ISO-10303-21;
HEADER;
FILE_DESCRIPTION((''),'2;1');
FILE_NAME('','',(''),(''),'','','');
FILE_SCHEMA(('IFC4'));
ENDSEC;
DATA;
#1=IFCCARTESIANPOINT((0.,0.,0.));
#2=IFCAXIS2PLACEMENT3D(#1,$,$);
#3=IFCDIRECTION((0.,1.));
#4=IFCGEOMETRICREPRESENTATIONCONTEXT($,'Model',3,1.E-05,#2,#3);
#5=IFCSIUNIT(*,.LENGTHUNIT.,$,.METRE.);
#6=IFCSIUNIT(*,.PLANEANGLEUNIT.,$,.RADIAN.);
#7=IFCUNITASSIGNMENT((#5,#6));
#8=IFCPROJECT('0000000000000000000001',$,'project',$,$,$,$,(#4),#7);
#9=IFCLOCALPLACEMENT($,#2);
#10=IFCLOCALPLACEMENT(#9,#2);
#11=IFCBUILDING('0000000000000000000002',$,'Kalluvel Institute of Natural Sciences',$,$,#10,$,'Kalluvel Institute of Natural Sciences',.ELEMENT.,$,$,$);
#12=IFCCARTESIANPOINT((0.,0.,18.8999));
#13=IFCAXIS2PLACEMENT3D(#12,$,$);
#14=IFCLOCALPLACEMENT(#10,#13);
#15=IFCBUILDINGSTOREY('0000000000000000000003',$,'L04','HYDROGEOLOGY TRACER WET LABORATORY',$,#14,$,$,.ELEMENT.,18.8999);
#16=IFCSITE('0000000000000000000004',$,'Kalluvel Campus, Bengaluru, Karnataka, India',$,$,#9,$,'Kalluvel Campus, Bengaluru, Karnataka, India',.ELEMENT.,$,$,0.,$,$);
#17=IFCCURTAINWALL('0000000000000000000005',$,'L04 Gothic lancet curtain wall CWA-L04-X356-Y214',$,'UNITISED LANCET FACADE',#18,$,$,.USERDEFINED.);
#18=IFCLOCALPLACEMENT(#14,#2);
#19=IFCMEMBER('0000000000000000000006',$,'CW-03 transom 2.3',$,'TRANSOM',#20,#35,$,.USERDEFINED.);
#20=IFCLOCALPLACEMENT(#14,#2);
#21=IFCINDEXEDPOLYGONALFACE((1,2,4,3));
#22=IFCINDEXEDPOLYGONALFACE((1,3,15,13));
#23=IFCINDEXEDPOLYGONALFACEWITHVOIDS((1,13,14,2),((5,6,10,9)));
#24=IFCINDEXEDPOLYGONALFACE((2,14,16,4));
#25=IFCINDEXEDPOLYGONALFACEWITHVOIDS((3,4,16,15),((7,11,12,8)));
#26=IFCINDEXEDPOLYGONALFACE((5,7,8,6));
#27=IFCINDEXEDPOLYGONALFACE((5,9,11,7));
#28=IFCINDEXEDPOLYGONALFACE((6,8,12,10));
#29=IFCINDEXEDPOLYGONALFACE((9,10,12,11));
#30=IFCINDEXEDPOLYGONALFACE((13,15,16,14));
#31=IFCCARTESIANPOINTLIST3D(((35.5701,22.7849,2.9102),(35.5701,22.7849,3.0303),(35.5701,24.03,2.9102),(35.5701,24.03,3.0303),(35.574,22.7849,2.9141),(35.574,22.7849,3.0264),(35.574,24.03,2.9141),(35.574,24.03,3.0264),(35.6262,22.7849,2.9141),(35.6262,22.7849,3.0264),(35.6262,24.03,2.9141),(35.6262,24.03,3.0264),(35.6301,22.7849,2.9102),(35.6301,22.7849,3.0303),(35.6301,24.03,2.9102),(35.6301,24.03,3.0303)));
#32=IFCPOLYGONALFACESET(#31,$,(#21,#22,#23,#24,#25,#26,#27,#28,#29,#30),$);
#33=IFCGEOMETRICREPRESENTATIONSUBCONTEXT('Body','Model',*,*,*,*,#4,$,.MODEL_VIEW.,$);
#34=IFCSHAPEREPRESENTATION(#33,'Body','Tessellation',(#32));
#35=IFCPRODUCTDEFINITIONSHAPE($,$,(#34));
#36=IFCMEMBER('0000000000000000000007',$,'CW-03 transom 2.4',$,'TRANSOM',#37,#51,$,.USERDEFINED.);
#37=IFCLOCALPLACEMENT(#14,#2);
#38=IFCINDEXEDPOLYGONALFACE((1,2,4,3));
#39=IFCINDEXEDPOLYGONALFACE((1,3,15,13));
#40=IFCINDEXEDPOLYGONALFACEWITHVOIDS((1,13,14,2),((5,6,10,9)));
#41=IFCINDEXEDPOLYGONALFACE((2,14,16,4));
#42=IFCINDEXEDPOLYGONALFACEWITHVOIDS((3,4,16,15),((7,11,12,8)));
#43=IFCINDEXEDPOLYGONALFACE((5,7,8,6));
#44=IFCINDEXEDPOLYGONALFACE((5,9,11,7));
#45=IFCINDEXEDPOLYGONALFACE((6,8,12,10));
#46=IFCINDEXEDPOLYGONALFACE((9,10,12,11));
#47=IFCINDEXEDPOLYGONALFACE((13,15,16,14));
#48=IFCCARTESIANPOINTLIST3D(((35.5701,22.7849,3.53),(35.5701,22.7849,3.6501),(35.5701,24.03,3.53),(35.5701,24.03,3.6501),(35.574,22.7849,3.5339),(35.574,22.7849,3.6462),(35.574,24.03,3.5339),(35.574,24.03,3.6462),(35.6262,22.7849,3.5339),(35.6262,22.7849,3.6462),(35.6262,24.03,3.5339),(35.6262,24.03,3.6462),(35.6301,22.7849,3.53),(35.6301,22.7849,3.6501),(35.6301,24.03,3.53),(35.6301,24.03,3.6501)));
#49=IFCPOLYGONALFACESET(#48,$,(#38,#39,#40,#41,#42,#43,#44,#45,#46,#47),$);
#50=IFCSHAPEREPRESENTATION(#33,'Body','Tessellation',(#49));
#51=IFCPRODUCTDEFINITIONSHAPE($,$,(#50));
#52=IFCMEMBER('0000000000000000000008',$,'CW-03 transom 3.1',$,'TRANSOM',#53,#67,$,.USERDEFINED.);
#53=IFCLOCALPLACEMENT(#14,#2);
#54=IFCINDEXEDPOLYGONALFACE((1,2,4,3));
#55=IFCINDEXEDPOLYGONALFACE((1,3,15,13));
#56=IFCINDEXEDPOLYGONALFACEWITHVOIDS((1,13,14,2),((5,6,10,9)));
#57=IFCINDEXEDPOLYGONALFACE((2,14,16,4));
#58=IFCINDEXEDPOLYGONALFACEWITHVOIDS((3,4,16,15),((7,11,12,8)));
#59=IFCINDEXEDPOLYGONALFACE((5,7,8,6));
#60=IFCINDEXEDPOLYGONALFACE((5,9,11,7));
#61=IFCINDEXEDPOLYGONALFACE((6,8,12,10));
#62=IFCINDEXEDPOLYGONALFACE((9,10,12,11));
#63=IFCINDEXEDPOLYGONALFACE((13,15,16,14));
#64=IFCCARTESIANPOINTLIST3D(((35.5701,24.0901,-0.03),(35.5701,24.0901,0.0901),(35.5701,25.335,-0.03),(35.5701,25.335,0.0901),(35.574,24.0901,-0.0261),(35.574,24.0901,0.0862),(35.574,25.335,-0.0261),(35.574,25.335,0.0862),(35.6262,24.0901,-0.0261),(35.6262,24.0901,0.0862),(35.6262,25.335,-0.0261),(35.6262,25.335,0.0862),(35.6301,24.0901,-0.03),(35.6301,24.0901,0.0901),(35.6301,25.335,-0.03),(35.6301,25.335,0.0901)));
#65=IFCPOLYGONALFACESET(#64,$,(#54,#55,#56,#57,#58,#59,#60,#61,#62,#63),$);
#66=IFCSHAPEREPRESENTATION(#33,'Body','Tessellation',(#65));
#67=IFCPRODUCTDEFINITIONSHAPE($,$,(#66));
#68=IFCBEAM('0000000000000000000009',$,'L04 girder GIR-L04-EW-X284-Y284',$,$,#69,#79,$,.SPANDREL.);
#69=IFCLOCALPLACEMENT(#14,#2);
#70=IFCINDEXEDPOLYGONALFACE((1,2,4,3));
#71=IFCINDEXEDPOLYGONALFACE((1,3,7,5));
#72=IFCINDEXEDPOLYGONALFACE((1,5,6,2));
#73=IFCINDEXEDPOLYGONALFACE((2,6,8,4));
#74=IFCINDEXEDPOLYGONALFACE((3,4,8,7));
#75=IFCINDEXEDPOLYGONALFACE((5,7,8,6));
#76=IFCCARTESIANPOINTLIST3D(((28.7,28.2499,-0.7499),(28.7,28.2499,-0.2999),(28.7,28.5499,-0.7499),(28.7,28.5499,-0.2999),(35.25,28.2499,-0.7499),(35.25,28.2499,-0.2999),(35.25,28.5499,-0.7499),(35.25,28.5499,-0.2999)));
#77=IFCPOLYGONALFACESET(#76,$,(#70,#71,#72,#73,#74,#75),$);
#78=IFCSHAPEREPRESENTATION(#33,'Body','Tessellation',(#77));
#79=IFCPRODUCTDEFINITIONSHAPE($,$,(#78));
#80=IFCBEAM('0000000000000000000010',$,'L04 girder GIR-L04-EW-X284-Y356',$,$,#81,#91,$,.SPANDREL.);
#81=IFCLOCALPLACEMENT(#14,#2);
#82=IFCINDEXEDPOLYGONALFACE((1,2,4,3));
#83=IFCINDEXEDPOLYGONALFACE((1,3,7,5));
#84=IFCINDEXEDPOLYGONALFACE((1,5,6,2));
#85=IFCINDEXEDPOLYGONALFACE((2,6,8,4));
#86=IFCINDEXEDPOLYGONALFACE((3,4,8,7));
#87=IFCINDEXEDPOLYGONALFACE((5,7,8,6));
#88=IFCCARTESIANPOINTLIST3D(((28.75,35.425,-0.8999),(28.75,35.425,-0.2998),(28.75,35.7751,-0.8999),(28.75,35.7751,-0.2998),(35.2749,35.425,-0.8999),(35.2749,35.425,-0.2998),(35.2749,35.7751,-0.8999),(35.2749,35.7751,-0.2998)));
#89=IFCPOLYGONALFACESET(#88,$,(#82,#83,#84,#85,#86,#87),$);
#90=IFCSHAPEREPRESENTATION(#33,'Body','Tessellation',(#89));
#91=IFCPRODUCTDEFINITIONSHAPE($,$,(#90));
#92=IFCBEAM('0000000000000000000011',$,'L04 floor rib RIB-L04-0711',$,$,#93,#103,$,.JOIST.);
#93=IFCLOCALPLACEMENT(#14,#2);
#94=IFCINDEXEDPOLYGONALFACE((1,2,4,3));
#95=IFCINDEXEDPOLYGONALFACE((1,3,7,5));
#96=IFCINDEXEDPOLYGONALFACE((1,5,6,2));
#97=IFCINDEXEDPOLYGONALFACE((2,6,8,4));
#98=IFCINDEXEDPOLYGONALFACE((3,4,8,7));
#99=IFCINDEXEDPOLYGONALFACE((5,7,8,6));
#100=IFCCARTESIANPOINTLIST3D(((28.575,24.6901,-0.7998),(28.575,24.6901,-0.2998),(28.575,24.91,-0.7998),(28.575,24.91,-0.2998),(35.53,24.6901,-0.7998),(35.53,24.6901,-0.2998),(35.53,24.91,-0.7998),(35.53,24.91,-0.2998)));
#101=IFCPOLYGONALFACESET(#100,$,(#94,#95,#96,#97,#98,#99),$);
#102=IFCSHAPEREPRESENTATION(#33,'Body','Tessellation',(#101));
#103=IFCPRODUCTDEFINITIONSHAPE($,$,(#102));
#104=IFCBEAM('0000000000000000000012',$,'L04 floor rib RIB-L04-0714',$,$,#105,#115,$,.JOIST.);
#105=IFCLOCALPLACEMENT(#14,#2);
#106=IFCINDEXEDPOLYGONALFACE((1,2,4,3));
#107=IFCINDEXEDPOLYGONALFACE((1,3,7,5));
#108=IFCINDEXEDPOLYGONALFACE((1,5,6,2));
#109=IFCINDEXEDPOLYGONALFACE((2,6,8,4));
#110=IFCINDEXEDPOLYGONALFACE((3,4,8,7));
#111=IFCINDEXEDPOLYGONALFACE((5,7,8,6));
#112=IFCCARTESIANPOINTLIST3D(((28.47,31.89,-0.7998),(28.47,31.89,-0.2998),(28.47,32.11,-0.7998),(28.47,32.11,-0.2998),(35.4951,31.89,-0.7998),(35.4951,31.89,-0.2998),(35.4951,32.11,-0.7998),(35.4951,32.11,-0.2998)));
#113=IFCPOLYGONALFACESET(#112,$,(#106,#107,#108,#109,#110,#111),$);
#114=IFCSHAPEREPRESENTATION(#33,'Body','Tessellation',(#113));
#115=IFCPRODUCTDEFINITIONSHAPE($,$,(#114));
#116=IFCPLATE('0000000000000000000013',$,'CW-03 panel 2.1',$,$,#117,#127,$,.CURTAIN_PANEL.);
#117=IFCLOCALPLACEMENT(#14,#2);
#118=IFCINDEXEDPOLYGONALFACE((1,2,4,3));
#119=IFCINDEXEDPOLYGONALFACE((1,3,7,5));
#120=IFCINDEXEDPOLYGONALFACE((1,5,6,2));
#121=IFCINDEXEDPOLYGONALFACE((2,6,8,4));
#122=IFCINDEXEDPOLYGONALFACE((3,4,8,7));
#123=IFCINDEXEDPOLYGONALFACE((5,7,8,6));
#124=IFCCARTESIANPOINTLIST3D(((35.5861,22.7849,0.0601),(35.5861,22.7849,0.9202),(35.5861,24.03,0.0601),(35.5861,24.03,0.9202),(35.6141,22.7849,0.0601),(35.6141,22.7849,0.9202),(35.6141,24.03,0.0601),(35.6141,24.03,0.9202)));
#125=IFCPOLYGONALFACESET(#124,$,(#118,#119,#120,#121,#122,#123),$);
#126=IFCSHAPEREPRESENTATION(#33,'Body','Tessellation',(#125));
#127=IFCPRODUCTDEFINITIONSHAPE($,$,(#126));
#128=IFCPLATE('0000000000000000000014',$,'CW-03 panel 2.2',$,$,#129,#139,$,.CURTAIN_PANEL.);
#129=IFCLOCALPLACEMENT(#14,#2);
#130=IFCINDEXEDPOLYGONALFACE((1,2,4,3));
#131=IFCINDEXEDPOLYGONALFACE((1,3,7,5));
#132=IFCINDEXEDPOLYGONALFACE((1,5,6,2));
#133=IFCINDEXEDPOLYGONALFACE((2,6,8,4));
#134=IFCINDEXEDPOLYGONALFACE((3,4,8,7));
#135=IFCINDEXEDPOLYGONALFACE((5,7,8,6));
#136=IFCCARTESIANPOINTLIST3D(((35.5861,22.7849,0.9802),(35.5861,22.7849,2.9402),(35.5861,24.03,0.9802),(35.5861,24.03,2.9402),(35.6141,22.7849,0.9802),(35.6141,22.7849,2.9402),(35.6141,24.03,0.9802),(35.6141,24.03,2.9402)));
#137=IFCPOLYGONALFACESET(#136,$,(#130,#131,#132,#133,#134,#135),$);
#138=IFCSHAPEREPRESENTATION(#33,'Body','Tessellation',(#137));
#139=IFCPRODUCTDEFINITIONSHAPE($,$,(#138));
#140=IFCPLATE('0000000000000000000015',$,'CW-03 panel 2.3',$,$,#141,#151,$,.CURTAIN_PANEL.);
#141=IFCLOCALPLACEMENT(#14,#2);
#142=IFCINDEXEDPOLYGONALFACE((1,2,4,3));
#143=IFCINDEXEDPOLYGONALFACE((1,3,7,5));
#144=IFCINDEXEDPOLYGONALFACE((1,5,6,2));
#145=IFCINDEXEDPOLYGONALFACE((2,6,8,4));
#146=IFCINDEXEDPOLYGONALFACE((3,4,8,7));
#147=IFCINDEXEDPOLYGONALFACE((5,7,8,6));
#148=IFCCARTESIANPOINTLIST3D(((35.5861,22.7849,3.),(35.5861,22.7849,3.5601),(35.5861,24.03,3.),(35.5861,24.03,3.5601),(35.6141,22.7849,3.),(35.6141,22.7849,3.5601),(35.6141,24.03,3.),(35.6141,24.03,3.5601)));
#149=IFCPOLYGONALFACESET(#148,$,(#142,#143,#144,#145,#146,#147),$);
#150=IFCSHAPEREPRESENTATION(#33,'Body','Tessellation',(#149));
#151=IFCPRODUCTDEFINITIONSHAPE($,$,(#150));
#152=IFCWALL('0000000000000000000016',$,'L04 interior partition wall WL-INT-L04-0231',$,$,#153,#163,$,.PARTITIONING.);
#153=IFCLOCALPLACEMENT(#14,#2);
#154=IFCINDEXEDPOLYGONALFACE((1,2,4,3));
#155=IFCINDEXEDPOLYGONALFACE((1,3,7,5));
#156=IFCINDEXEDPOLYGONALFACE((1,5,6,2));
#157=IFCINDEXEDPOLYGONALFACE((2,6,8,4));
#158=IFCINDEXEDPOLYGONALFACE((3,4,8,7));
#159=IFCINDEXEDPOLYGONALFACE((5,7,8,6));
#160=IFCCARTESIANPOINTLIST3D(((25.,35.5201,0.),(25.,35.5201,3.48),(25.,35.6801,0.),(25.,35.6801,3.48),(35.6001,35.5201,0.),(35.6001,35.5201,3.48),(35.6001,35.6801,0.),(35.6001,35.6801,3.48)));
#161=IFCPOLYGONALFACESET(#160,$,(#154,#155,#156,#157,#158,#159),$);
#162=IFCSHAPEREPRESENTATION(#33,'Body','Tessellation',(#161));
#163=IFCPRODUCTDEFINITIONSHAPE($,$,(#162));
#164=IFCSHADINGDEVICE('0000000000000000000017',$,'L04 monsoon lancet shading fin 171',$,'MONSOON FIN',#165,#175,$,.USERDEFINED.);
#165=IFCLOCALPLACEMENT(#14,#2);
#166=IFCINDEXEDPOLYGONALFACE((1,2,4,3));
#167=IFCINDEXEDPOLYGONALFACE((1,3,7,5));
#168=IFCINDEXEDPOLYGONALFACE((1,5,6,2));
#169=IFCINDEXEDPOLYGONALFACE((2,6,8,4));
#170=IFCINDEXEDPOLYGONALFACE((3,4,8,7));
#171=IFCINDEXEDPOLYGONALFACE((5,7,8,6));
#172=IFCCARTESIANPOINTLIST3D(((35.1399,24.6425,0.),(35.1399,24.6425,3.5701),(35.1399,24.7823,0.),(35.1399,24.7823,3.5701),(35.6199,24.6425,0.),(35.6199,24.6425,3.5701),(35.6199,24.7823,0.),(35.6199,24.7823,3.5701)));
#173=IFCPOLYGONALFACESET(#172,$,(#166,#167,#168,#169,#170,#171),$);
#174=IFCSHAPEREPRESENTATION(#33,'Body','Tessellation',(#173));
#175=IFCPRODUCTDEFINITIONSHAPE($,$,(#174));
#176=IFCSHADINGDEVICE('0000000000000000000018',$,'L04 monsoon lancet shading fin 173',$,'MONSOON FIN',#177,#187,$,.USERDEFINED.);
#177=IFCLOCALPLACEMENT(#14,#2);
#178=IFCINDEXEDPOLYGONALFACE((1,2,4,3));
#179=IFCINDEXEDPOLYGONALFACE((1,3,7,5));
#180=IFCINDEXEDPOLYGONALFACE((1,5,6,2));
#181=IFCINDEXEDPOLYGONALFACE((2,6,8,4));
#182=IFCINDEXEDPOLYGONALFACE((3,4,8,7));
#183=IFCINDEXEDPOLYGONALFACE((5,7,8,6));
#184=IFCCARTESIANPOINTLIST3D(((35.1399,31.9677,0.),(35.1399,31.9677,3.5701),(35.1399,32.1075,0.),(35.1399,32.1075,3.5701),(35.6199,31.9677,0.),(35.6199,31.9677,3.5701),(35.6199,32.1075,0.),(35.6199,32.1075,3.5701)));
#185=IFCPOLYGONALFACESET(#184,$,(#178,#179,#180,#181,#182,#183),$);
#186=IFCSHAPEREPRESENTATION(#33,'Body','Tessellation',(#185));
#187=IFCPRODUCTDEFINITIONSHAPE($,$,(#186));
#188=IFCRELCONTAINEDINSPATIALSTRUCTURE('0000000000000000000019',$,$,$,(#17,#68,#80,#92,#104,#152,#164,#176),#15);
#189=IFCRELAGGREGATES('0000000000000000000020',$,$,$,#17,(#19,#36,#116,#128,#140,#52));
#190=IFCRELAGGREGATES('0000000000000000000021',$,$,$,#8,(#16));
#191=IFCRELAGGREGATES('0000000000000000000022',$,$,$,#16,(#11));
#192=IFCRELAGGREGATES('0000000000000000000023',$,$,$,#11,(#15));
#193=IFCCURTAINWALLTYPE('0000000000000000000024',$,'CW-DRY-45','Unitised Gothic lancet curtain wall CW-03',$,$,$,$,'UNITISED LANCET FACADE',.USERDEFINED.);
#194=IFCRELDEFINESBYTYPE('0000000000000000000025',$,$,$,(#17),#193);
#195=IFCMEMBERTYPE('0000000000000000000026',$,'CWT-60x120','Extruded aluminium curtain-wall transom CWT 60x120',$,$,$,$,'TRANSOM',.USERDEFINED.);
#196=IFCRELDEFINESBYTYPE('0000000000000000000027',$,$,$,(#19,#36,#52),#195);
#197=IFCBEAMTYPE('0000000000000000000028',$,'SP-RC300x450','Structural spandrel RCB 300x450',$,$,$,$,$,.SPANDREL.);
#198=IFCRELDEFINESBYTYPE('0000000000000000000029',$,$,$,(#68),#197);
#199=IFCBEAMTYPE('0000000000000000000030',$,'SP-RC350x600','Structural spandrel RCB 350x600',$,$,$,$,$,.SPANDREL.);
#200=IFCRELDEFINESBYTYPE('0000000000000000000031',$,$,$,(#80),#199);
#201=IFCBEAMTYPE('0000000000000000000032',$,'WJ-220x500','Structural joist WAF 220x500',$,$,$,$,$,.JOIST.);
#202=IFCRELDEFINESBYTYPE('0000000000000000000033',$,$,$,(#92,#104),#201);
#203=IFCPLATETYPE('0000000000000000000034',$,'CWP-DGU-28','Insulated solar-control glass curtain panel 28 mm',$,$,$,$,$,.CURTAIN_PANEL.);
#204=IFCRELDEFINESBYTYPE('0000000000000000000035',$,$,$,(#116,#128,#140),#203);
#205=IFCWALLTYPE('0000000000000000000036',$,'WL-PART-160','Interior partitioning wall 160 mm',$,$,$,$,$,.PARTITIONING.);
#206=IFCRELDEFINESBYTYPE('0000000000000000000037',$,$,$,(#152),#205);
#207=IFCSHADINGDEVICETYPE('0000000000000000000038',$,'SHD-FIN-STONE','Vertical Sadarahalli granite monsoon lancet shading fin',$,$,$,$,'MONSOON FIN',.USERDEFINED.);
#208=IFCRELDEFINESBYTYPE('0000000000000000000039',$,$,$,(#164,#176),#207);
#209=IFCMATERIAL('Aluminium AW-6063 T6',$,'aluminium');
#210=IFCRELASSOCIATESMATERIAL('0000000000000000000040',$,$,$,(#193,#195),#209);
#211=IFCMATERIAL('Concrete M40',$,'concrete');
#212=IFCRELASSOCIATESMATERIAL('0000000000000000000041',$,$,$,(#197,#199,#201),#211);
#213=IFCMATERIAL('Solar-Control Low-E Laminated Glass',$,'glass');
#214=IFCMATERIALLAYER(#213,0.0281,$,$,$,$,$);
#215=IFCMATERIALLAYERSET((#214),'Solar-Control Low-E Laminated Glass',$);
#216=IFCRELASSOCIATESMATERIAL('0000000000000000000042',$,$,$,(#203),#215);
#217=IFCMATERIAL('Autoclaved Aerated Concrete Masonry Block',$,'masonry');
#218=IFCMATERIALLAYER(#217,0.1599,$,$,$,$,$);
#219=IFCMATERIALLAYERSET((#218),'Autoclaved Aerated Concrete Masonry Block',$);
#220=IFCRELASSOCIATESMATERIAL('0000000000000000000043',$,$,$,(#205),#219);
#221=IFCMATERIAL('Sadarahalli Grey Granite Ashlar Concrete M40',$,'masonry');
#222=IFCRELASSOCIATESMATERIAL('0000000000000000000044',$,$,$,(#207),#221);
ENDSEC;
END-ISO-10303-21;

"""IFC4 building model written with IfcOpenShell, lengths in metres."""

from ifc_helpers import new_model, si_unit, direction, frame, frame_2d, origin, origin_2d, place, context, subcontext, project, spatial, rectangle, hollow_rectangle, extrude, material, layer, layer_set, material_profile, profile_set, type_object, element, aggregate, save


model = new_model("IFC4")

# Units and contexts
model_context = context("Model", 3, precision=1e-05, world=origin(), true_north=direction((0.0, 1.0)))
body_context = subcontext(model_context, "Body", "Model", "MODEL_VIEW")
ifc_project = project(units=[si_unit("LENGTHUNIT", "METRE"), si_unit("PLANEANGLEUNIT", "RADIAN")], contexts=[model_context])

# Site, building, storey
site_placement = place(None, origin())
site = spatial("IfcSite", under=ifc_project, at=site_placement, Name="Kalluvel Campus, Bengaluru, Karnataka, India", LongName="Kalluvel Campus, Bengaluru, Karnataka, India", CompositionType="ELEMENT", RefElevation=0.0)
building_placement = place(site_placement, origin())
building = spatial("IfcBuilding", under=site, at=building_placement, Name="Kalluvel Institute of Natural Sciences", LongName="Kalluvel Institute of Natural Sciences", CompositionType="ELEMENT")
storey_placement = place(building_placement, frame((0.0, 0.0, 18.8999)))
storey = spatial("IfcBuildingStorey", under=building, at=storey_placement, Name="L04", Description="HYDROGEOLOGY TRACER WET LABORATORY", CompositionType="ELEMENT", Elevation=18.8999)

# Shared definitions
ifc_material_1 = material(Name="Concrete M40", Category="concrete")

# Curtain wall, members
ifc_material_2 = material(Name="Aluminium AW-6063 T6", Category="aluminium")
curtain_wall_type = type_object("IfcCurtainWallType", Name="CW-DRY-45", Description="Unitised Gothic lancet curtain wall CW-03", ElementType="UNITISED LANCET FACADE", PredefinedType="USERDEFINED", material=ifc_material_2)
curtain_wall_placement = place(storey_placement, origin())
curtain_wall = element("IfcCurtainWall", 1, at=curtain_wall_placement, inside=storey, type_object=curtain_wall_type, Name="L04 Gothic lancet curtain wall CWA-L04-X356-Y214", ObjectType="UNITISED LANCET FACADE", PredefinedType="USERDEFINED")
ifc_material_profile_1 = material_profile(ifc_material_2, hollow_rectangle(XDim=0.0601, YDim=0.1201, WallThickness=0.0039, at=origin_2d()), Name="CWT 60x120")
ifc_profile_set_1 = profile_set([ifc_material_profile_1], Name="Aluminium AW-6063 T6")
member_type_1 = type_object("IfcMemberType", Name="CWT-60x120", Description="Extruded aluminium curtain-wall transom CWT 60x120", ElementType="TRANSOM", PredefinedType="USERDEFINED", material=ifc_profile_set_1)
member_1_placement = place(storey_placement, frame((35.6001, 22.7849, 2.9702), z_axis=(0.0, 1.0, 0.0), x_axis=(-1.0, 0.0, 0.0)))
member_1 = element("IfcMember", 2, at=member_1_placement, type_object=member_type_1, Name="CW-03 transom 2.3", ObjectType="TRANSOM", PredefinedType="USERDEFINED", context=body_context, shape_type="SweptSolid", body=[
    extrude(hollow_rectangle(XDim=0.0601, YDim=0.1201, WallThickness=0.0039, at=origin_2d()), origin(), (0.0, 0.0, 1.0), 1.2451),
])
member_2_placement = place(storey_placement, frame((35.6001, 22.7849, 3.5901), z_axis=(0.0, 1.0, 0.0), x_axis=(-1.0, 0.0, 0.0)))
member_2 = element("IfcMember", 3, at=member_2_placement, type_object=member_type_1, Name="CW-03 transom 2.4", ObjectType="TRANSOM", PredefinedType="USERDEFINED", context=body_context, shape_type="SweptSolid", body=[
    extrude(hollow_rectangle(XDim=0.0601, YDim=0.1201, WallThickness=0.0039, at=origin_2d()), origin(), (0.0, 0.0, 1.0), 1.2451),
])
member_3_placement = place(storey_placement, frame((35.6001, 24.0901, 0.03), z_axis=(0.0, 1.0, 0.0), x_axis=(-1.0, 0.0, 0.0)))
member_3 = element("IfcMember", 4, at=member_3_placement, type_object=member_type_1, Name="CW-03 transom 3.1", ObjectType="TRANSOM", PredefinedType="USERDEFINED", context=body_context, shape_type="SweptSolid", body=[
    extrude(hollow_rectangle(XDim=0.0601, YDim=0.1201, WallThickness=0.0039, at=origin_2d()), origin(), (0.0, 0.0, 1.0), 1.2449),
])

# Beams
ifc_material_profile_2 = material_profile(ifc_material_1, rectangle(XDim=0.3, YDim=0.45, at=origin_2d()), Name="RCB 300x450")
ifc_profile_set_2 = profile_set([ifc_material_profile_2], Name="Concrete M40")
beam_type_1 = type_object("IfcBeamType", Name="SP-RC300x450", Description="Structural spandrel RCB 300x450", PredefinedType="SPANDREL", material=ifc_profile_set_2)
beam_1_placement = place(storey_placement, frame((28.7, 28.3999, -0.5249), z_axis=(1.0, 0.0, 0.0), x_axis=(0.0, 1.0, 0.0)))
element("IfcBeam", 5, at=beam_1_placement, inside=storey, type_object=beam_type_1, Name="L04 girder GIR-L04-EW-X284-Y284", PredefinedType="SPANDREL", context=body_context, shape_type="SweptSolid", body=[
    extrude(rectangle(XDim=0.3, YDim=0.45, at=origin_2d()), origin(), (0.0, 0.0, 1.0), 6.55),
])
ifc_material_profile_3 = material_profile(ifc_material_1, rectangle(XDim=0.3501, YDim=0.6001, at=origin_2d()), Name="RCB 350x600")
ifc_profile_set_3 = profile_set([ifc_material_profile_3], Name="Concrete M40")
beam_type_2 = type_object("IfcBeamType", Name="SP-RC350x600", Description="Structural spandrel RCB 350x600", PredefinedType="SPANDREL", material=ifc_profile_set_3)
beam_2_placement = place(storey_placement, frame((28.75, 35.6001, -0.5999), z_axis=(1.0, 0.0, 0.0), x_axis=(0.0, 1.0, 0.0)))
element("IfcBeam", 6, at=beam_2_placement, inside=storey, type_object=beam_type_2, Name="L04 girder GIR-L04-EW-X284-Y356", PredefinedType="SPANDREL", context=body_context, shape_type="SweptSolid", body=[
    extrude(rectangle(XDim=0.3501, YDim=0.6001, at=origin_2d()), origin(), (0.0, 0.0, 1.0), 6.5249),
])
ifc_material_profile_4 = material_profile(ifc_material_1, rectangle(XDim=0.22, YDim=0.5, at=origin_2d()), Name="WAF 220x500")
ifc_profile_set_4 = profile_set([ifc_material_profile_4], Name="Concrete M40")
beam_type_3 = type_object("IfcBeamType", Name="WJ-220x500", Description="Structural joist WAF 220x500", PredefinedType="JOIST", material=ifc_profile_set_4)
beam_3_placement = place(storey_placement, frame((28.575, 24.8, -0.5498), z_axis=(1.0, 0.0, 0.0), x_axis=(0.0, 1.0, 0.0)))
element("IfcBeam", 7, at=beam_3_placement, inside=storey, type_object=beam_type_3, Name="L04 floor rib RIB-L04-0711", PredefinedType="JOIST", context=body_context, shape_type="SweptSolid", body=[
    extrude(rectangle(XDim=0.22, YDim=0.5, at=origin_2d()), origin(), (0.0, 0.0, 1.0), 6.9551),
])
beam_4_placement = place(storey_placement, frame((28.47, 32.0, -0.5498), z_axis=(1.0, 0.0, 0.0), x_axis=(0.0, 1.0, 0.0)))
element("IfcBeam", 8, at=beam_4_placement, inside=storey, type_object=beam_type_3, Name="L04 floor rib RIB-L04-0714", PredefinedType="JOIST", context=body_context, shape_type="SweptSolid", body=[
    extrude(rectangle(XDim=0.22, YDim=0.5, at=origin_2d()), origin(), (0.0, 0.0, 1.0), 7.0251),
])

# Plates
ifc_material_3 = material(Name="Solar-Control Low-E Laminated Glass", Category="glass")
ifc_layer_1 = layer(ifc_material_3, 0.0281)
ifc_layer_set_1 = layer_set([ifc_layer_1], Name="Solar-Control Low-E Laminated Glass")
plate_type = type_object("IfcPlateType", Name="CWP-DGU-28", Description="Insulated solar-control glass curtain panel 28 mm", PredefinedType="CURTAIN_PANEL", material=ifc_layer_set_1)
plate_1_placement = place(storey_placement, frame((35.6001, 23.4075, 0.0601), z_axis=(0.0, 0.0, 1.0), x_axis=(0.0, 1.0, 0.0)))
plate_1 = element("IfcPlate", 9, at=plate_1_placement, type_object=plate_type, Name="CW-03 panel 2.1", PredefinedType="CURTAIN_PANEL", context=body_context, shape_type="SweptSolid", body=[
    extrude(rectangle(XDim=1.2451, YDim=0.0281, at=origin_2d()), origin(), (0.0, 0.0, 1.0), 0.8601),
])
plate_2_placement = place(storey_placement, frame((35.6001, 23.4075, 0.9802), z_axis=(0.0, 0.0, 1.0), x_axis=(0.0, 1.0, 0.0)))
plate_2 = element("IfcPlate", 10, at=plate_2_placement, type_object=plate_type, Name="CW-03 panel 2.2", PredefinedType="CURTAIN_PANEL", context=body_context, shape_type="SweptSolid", body=[
    extrude(rectangle(XDim=1.2451, YDim=0.0281, at=origin_2d()), origin(), (0.0, 0.0, 1.0), 1.96),
])
plate_3_placement = place(storey_placement, frame((35.6001, 23.4075, 3.0), z_axis=(0.0, 0.0, 1.0), x_axis=(0.0, 1.0, 0.0)))
plate_3 = element("IfcPlate", 11, at=plate_3_placement, type_object=plate_type, Name="CW-03 panel 2.3", PredefinedType="CURTAIN_PANEL", context=body_context, shape_type="SweptSolid", body=[
    extrude(rectangle(XDim=1.2451, YDim=0.0281, at=origin_2d()), origin(), (0.0, 0.0, 1.0), 0.5601),
])
aggregate(curtain_wall, [member_1, member_2, plate_1, plate_2, plate_3, member_3])

# Wall
ifc_material_4 = material(Name="Autoclaved Aerated Concrete Masonry Block", Category="masonry")
ifc_layer_2 = layer(ifc_material_4, 0.1599)
ifc_layer_set_2 = layer_set([ifc_layer_2], Name="Autoclaved Aerated Concrete Masonry Block")
wall_type = type_object("IfcWallType", Name="WL-PART-160", Description="Interior partitioning wall 160 mm", PredefinedType="PARTITIONING", material=ifc_layer_set_2)
wall_placement = place(storey_placement, frame((25.0, 35.6001, 0.0), z_axis=(0.0, 0.0, 1.0), x_axis=(1.0, 0.0, 0.0)))
element("IfcWall", 12, at=wall_placement, inside=storey, type_object=wall_type, Name="L04 interior partition wall WL-INT-L04-0231", PredefinedType="PARTITIONING", context=body_context, shape_type="SweptSolid", body=[
    extrude(rectangle(XDim=10.6001, YDim=0.1599, at=frame_2d((5.3, 0.0))), origin(), (0.0, 0.0, 1.0), 3.48),
])

# Shading devices
ifc_material_5 = material(Name="Sadarahalli Grey Granite Ashlar Concrete M40", Category="masonry")
shading_device_type_1 = type_object("IfcShadingDeviceType", Name="SHD-FIN-STONE", Description="Vertical Sadarahalli granite monsoon lancet shading fin", ElementType="MONSOON FIN", PredefinedType="USERDEFINED", material=ifc_material_5)
for number, where, z_axis, x_axis, name in (
    (13, (35.3799, 24.7124, 0.0), (0.0, 0.0, 1.0), (0.0, 1.0, 0.0), "L04 monsoon lancet shading fin 171"),
    (14, (35.3799, 32.0376, 0.0), (0.0, 0.0, 1.0), (0.0, 1.0, 0.0), "L04 monsoon lancet shading fin 173"),
):
    element("IfcShadingDevice", number, at=place(storey_placement, frame(where, z_axis=z_axis, x_axis=x_axis)), inside=storey, type_object=shading_device_type_1, Name=name, ObjectType="MONSOON FIN", PredefinedType="USERDEFINED", context=body_context, shape_type="SweptSolid", body=[
        extrude(rectangle(XDim=0.1399, YDim=0.48, at=origin_2d()), origin(), (0.0, 0.0, 1.0), 3.5701),
    ])

save(model, "model.ifc")
